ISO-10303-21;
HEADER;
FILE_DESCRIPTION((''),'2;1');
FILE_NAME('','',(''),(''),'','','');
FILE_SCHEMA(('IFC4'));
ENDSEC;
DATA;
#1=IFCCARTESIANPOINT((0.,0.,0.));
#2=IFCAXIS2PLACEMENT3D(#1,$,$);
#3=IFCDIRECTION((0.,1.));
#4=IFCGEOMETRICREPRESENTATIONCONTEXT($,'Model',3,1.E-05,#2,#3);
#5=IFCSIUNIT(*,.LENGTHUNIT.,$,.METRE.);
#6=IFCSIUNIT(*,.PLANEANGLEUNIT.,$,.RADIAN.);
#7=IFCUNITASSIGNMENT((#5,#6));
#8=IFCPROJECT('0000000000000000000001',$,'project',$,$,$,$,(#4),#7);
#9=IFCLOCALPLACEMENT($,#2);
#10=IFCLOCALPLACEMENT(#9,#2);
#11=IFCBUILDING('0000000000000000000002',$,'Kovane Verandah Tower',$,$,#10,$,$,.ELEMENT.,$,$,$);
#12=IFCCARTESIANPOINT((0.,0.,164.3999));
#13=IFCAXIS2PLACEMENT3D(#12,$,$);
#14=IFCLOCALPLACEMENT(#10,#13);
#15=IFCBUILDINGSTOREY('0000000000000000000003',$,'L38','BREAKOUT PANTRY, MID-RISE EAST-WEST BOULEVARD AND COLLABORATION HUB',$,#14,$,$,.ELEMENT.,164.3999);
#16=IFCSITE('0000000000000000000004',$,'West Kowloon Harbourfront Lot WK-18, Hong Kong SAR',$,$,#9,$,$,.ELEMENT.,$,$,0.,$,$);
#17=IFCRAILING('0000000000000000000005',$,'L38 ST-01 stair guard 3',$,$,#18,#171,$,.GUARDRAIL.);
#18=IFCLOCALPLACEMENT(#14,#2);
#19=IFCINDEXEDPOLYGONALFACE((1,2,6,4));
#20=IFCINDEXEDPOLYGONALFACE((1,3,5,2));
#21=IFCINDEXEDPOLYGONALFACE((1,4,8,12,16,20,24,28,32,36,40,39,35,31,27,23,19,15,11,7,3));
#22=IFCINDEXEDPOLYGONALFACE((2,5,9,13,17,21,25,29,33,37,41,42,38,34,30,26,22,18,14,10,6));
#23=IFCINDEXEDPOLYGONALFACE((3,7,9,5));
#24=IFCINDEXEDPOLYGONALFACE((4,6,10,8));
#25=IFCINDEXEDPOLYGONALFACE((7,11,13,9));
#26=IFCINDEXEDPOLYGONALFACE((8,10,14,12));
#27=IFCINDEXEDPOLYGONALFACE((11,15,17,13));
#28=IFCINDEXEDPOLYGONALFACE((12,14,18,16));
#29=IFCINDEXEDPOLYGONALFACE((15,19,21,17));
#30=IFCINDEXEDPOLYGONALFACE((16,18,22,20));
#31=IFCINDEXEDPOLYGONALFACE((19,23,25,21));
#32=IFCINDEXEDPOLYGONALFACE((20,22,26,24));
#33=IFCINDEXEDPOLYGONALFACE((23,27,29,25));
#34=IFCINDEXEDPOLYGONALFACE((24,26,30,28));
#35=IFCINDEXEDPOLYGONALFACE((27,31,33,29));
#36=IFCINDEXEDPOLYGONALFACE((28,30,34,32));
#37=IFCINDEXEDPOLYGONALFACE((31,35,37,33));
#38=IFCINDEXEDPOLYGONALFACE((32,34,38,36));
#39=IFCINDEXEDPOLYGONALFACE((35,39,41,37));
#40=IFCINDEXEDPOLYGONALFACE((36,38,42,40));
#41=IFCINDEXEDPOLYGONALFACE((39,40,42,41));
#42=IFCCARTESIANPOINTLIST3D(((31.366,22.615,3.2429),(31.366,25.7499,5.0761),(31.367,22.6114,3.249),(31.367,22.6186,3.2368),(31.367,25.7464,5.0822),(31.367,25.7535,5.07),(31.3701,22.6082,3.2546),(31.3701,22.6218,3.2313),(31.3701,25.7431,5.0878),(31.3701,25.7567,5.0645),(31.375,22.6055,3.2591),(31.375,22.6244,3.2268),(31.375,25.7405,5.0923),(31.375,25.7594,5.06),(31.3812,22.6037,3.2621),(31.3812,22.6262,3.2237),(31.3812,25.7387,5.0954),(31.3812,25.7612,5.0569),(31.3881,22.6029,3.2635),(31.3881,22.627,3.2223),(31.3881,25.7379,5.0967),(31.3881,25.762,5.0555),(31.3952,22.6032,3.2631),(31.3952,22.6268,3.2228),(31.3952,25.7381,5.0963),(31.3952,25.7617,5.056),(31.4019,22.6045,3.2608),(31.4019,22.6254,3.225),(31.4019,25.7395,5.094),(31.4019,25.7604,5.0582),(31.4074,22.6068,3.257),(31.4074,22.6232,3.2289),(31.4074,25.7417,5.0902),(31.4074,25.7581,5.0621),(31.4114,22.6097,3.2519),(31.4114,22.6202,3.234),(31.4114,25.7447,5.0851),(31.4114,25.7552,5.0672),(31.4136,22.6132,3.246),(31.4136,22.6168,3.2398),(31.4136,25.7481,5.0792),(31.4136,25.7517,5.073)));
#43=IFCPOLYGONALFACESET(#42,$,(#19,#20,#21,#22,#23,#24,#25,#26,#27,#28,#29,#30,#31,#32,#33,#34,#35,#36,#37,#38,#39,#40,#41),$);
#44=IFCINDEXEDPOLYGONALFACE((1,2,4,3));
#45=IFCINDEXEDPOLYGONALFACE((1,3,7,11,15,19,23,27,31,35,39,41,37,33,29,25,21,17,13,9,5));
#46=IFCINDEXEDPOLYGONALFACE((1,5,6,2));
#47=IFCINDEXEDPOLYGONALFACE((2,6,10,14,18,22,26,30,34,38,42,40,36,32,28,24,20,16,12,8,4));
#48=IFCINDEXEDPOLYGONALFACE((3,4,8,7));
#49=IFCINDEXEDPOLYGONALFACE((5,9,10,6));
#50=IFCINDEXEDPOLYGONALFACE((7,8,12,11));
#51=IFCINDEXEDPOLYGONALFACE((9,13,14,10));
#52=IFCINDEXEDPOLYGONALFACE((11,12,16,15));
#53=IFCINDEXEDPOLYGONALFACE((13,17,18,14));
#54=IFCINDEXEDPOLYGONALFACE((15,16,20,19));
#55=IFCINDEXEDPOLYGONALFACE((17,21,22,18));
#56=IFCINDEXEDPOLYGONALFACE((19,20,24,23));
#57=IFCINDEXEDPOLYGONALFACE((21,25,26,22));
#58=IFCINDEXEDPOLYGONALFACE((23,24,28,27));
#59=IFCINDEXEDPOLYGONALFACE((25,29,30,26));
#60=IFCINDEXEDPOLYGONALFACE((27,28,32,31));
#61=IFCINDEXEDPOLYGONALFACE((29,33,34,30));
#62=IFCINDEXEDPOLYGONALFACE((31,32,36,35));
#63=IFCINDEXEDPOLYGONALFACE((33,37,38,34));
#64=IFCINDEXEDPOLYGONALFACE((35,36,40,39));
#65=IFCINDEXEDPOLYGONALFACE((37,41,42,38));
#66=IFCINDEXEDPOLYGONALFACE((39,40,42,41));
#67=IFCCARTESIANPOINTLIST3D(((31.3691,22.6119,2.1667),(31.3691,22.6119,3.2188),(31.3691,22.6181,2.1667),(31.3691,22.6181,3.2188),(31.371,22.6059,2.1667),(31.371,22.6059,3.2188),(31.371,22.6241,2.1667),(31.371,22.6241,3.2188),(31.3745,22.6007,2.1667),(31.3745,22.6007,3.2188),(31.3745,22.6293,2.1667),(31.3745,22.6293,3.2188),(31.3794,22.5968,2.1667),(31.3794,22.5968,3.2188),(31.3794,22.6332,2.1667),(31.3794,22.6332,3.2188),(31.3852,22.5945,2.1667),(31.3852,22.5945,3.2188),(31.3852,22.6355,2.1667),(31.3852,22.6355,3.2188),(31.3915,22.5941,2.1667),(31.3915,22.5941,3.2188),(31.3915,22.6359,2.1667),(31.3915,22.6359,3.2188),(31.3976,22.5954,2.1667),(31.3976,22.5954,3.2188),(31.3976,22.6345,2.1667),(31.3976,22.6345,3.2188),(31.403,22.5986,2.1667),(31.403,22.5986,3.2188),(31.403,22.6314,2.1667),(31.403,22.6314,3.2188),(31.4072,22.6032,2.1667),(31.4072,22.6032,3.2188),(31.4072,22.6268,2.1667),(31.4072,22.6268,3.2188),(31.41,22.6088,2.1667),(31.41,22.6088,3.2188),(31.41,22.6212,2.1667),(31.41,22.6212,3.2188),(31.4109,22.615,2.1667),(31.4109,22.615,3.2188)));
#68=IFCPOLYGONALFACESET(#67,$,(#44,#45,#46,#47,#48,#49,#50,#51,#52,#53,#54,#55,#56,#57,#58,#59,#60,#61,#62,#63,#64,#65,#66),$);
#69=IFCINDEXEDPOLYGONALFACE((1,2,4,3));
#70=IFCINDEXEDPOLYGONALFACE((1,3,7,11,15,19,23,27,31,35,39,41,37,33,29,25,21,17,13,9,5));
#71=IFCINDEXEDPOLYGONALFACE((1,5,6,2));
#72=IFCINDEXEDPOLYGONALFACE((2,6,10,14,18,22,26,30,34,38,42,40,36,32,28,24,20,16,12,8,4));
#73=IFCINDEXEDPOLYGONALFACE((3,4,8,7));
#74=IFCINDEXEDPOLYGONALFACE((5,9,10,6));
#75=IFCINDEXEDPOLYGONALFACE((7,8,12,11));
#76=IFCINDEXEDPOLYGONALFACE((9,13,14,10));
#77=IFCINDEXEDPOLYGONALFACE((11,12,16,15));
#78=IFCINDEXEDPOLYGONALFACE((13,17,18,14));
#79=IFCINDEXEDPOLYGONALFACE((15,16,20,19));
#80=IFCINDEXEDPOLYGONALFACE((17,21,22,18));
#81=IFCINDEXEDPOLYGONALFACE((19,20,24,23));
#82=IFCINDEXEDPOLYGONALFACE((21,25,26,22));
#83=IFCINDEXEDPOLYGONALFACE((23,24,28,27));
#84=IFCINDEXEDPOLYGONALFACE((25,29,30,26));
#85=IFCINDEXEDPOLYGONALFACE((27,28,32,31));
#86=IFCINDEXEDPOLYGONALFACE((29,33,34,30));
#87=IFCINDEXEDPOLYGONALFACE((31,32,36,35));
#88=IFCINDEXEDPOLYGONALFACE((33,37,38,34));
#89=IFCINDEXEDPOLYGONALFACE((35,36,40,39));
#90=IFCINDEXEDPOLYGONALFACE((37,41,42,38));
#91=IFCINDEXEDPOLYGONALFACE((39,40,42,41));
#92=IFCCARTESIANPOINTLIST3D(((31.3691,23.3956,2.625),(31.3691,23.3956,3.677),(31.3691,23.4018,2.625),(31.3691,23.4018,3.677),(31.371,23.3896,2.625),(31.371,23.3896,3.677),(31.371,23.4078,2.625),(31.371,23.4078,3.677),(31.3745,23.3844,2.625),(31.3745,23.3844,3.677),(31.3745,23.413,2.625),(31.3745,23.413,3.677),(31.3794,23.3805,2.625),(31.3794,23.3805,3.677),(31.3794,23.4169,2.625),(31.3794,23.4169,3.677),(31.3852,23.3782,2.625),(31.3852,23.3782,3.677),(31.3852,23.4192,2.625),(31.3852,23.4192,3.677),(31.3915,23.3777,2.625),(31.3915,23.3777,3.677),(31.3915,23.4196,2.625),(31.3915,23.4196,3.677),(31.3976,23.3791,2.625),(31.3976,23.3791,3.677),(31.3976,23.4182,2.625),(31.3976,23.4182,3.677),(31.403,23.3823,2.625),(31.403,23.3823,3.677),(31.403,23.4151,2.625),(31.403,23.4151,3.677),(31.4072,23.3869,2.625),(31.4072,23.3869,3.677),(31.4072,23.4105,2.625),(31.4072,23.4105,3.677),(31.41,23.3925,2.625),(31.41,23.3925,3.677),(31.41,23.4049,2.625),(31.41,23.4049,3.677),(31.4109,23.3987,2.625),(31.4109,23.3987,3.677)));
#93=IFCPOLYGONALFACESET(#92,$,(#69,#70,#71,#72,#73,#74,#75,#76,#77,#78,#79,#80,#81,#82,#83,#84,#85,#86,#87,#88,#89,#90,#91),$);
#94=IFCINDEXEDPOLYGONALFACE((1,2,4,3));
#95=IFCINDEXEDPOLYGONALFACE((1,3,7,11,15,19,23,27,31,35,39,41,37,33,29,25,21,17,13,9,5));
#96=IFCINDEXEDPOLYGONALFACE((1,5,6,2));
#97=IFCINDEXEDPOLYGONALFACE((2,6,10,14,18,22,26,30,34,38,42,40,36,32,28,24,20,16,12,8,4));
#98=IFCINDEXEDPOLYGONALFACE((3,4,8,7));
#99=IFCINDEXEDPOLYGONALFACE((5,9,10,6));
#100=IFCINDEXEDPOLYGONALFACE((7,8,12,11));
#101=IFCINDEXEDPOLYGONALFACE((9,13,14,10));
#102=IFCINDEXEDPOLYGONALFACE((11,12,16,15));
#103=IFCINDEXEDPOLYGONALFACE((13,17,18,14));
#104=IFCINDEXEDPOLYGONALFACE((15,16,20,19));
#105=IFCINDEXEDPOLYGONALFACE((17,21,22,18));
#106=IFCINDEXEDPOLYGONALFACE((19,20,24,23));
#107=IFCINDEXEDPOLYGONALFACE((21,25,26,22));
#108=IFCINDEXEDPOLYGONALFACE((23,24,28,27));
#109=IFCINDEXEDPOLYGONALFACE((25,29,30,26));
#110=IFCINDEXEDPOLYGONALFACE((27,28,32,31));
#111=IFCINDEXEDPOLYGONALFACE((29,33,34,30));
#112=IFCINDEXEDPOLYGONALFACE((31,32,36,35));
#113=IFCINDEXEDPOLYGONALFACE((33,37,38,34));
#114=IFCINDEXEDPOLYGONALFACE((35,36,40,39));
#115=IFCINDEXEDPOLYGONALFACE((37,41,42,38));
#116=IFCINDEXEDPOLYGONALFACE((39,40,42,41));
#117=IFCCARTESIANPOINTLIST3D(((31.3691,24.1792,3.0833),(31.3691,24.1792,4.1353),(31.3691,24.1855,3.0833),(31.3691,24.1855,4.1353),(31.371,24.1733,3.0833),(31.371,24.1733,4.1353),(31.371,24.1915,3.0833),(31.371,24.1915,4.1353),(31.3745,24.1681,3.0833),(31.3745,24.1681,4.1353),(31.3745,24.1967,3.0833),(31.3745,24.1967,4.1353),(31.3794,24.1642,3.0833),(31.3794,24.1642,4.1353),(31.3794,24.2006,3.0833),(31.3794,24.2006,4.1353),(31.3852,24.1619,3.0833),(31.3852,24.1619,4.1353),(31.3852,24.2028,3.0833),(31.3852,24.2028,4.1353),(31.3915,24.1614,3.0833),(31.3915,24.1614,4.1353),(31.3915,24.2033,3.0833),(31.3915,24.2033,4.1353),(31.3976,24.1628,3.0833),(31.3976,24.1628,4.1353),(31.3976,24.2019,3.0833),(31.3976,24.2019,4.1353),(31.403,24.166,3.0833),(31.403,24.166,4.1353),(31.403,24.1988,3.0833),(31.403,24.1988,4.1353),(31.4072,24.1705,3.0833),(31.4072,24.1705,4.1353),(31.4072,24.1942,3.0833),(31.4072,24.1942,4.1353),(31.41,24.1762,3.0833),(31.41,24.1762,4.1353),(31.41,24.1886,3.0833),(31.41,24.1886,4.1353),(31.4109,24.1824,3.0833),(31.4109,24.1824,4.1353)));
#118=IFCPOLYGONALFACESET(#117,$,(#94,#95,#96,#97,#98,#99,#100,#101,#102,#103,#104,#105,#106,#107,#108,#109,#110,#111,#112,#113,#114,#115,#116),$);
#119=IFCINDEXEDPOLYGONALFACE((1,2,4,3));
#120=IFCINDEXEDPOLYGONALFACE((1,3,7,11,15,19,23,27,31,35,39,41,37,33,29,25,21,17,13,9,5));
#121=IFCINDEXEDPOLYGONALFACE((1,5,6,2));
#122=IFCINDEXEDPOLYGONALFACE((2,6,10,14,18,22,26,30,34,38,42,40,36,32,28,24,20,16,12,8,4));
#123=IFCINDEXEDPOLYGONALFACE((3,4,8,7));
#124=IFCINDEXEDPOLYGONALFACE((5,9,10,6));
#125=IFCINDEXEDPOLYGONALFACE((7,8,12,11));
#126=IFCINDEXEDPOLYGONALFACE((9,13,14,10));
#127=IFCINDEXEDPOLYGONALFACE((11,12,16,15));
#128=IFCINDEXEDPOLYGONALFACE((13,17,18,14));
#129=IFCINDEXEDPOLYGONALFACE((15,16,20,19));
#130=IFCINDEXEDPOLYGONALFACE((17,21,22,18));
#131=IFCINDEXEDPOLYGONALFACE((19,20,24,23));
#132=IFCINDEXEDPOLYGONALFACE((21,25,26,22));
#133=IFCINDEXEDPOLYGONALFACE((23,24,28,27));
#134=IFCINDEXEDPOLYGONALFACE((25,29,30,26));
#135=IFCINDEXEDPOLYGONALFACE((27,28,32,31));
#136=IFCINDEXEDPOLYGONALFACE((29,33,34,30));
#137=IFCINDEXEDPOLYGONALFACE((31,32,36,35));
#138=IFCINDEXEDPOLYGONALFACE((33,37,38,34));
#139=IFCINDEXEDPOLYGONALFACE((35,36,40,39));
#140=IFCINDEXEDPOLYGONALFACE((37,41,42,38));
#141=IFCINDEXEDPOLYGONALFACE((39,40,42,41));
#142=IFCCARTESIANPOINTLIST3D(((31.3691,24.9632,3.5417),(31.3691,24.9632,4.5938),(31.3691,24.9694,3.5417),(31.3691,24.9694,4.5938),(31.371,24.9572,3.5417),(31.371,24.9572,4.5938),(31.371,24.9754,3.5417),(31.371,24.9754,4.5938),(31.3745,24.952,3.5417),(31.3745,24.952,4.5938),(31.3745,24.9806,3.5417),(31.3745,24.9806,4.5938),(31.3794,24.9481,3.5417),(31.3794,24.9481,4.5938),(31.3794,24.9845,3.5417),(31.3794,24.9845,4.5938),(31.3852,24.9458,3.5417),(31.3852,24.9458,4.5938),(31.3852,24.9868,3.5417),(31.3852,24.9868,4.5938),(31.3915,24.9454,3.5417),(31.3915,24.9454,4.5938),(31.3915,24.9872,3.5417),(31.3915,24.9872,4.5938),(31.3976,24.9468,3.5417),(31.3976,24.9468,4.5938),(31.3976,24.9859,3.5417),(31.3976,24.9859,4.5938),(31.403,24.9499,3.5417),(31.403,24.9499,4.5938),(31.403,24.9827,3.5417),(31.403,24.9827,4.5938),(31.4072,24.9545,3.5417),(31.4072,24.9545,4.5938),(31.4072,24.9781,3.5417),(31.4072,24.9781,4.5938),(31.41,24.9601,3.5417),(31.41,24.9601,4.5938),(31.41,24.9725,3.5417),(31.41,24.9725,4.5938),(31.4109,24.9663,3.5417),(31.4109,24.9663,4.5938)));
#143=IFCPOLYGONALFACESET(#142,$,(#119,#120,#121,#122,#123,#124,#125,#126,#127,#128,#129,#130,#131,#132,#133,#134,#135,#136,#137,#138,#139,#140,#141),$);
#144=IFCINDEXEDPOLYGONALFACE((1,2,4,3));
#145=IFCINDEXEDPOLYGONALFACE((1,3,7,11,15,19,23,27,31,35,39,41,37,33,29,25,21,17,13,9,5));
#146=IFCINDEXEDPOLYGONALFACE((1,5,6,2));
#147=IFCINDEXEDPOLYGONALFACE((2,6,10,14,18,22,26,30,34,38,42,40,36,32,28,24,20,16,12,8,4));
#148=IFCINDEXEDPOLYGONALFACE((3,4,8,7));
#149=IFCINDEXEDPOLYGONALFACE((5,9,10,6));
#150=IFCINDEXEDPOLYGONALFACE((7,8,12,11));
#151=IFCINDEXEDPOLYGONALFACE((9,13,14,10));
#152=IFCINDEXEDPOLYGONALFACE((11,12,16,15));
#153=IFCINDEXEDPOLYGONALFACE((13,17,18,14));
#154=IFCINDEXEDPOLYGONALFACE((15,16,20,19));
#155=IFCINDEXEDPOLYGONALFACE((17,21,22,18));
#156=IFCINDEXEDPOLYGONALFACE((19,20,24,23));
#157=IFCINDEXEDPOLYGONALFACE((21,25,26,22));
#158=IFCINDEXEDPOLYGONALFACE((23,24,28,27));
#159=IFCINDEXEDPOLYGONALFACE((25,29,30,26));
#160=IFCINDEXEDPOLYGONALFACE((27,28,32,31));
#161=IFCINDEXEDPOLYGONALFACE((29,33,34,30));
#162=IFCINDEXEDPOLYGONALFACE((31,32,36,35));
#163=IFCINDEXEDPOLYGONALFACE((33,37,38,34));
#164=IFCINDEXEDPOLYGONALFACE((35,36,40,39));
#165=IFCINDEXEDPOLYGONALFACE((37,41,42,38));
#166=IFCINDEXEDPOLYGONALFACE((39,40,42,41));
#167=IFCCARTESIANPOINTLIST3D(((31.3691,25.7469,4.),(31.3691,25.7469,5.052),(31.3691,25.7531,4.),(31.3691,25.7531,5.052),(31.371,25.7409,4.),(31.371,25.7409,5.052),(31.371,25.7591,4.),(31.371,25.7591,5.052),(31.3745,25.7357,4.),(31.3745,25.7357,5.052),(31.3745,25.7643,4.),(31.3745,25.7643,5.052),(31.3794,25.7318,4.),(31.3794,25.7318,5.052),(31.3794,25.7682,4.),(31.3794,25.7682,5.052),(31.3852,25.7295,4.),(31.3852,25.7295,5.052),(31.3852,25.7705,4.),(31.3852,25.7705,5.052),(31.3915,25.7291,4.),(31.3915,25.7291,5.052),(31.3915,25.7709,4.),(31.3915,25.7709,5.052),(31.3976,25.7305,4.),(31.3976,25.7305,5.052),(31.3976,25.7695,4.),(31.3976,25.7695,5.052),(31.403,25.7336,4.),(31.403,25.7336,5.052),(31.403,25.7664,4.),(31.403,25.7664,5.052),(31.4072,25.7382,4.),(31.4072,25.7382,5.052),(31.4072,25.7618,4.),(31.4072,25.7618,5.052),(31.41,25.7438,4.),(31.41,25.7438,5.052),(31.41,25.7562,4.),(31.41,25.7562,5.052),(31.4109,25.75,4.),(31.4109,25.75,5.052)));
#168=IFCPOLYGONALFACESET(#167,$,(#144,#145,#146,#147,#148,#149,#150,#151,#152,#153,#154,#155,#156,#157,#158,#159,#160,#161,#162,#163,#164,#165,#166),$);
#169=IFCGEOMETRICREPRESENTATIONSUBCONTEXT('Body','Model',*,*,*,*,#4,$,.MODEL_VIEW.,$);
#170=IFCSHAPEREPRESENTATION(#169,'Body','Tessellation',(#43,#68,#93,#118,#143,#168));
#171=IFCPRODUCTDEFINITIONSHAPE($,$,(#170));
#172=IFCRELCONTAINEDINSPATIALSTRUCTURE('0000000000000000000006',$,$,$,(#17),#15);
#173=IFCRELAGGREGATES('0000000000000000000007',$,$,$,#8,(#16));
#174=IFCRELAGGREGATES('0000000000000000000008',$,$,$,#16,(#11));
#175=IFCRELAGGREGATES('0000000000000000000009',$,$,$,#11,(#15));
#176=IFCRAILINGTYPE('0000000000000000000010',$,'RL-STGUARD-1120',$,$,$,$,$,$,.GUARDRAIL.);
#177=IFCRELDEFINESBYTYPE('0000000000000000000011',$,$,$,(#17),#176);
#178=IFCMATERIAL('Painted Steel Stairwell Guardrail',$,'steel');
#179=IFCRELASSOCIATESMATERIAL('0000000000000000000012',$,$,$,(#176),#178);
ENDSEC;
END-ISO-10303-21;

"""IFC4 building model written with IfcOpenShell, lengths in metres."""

from ifc_helpers import new_model, si_unit, direction, frame, origin, origin_2d, place, context, subcontext, project, spatial, circle, extrude, material, type_object, element, save


model = new_model("IFC4")

# Units and contexts
model_context = context("Model", 3, precision=1e-05, world=origin(), true_north=direction((0.0, 1.0)))
body_context = subcontext(model_context, "Body", "Model", "MODEL_VIEW")
ifc_project = project(units=[si_unit("LENGTHUNIT", "METRE"), si_unit("PLANEANGLEUNIT", "RADIAN")], contexts=[model_context])

# Site, building, storey
site_placement = place(None, origin())
site = spatial("IfcSite", under=ifc_project, at=site_placement, Name="West Kowloon Harbourfront Lot WK-18, Hong Kong SAR", CompositionType="ELEMENT", RefElevation=0.0)
building_placement = place(site_placement, origin())
building = spatial("IfcBuilding", under=site, at=building_placement, Name="Kovane Verandah Tower", CompositionType="ELEMENT")
storey_placement = place(building_placement, frame((0.0, 0.0, 164.3999)))
storey = spatial("IfcBuildingStorey", under=building, at=storey_placement, Name="L38", Description="BREAKOUT PANTRY, MID-RISE EAST-WEST BOULEVARD AND COLLABORATION HUB", CompositionType="ELEMENT", Elevation=164.3999)

# Railing
ifc_material_1 = material(Name="Painted Steel Stairwell Guardrail", Category="steel")
railing_type_1 = type_object("IfcRailingType", Name="RL-STGUARD-1120", PredefinedType="GUARDRAIL", material=ifc_material_1)
railing_1_placement = place(storey_placement, frame((31.3899, 22.615, 2.1667)))
element("IfcRailing", 1, at=railing_1_placement, inside=storey, type_object=railing_type_1, Name="L38 ST-01 stair guard 3", PredefinedType="GUARDRAIL", context=body_context, shape_type="SweptSolid", body=[
    extrude(circle(Radius=0.0239, at=origin_2d()), frame((0.0, 0.0, 1.0762), z_axis=(0.0, 0.86324, 0.504794), x_axis=(-1.0, 0.0, 0.0)), (0.0, 0.0, 1.0), 3.6316),
    extrude(circle(Radius=0.021, at=origin_2d()), origin(), (0.0, 0.0, 1.0), 1.052),
    extrude(circle(Radius=0.021, at=origin_2d()), frame((0.0, 0.7837, 0.4583)), (0.0, 0.0, 1.0), 1.052),
    extrude(circle(Radius=0.021, at=origin_2d()), frame((0.0, 1.5674, 0.9165)), (0.0, 0.0, 1.0), 1.052),
    extrude(circle(Radius=0.021, at=origin_2d()), frame((0.0, 2.3513, 1.375)), (0.0, 0.0, 1.0), 1.052),
    extrude(circle(Radius=0.021, at=origin_2d()), frame((0.0, 3.135, 1.8333)), (0.0, 0.0, 1.0), 1.052),
])

save(model, "model.ifc")
